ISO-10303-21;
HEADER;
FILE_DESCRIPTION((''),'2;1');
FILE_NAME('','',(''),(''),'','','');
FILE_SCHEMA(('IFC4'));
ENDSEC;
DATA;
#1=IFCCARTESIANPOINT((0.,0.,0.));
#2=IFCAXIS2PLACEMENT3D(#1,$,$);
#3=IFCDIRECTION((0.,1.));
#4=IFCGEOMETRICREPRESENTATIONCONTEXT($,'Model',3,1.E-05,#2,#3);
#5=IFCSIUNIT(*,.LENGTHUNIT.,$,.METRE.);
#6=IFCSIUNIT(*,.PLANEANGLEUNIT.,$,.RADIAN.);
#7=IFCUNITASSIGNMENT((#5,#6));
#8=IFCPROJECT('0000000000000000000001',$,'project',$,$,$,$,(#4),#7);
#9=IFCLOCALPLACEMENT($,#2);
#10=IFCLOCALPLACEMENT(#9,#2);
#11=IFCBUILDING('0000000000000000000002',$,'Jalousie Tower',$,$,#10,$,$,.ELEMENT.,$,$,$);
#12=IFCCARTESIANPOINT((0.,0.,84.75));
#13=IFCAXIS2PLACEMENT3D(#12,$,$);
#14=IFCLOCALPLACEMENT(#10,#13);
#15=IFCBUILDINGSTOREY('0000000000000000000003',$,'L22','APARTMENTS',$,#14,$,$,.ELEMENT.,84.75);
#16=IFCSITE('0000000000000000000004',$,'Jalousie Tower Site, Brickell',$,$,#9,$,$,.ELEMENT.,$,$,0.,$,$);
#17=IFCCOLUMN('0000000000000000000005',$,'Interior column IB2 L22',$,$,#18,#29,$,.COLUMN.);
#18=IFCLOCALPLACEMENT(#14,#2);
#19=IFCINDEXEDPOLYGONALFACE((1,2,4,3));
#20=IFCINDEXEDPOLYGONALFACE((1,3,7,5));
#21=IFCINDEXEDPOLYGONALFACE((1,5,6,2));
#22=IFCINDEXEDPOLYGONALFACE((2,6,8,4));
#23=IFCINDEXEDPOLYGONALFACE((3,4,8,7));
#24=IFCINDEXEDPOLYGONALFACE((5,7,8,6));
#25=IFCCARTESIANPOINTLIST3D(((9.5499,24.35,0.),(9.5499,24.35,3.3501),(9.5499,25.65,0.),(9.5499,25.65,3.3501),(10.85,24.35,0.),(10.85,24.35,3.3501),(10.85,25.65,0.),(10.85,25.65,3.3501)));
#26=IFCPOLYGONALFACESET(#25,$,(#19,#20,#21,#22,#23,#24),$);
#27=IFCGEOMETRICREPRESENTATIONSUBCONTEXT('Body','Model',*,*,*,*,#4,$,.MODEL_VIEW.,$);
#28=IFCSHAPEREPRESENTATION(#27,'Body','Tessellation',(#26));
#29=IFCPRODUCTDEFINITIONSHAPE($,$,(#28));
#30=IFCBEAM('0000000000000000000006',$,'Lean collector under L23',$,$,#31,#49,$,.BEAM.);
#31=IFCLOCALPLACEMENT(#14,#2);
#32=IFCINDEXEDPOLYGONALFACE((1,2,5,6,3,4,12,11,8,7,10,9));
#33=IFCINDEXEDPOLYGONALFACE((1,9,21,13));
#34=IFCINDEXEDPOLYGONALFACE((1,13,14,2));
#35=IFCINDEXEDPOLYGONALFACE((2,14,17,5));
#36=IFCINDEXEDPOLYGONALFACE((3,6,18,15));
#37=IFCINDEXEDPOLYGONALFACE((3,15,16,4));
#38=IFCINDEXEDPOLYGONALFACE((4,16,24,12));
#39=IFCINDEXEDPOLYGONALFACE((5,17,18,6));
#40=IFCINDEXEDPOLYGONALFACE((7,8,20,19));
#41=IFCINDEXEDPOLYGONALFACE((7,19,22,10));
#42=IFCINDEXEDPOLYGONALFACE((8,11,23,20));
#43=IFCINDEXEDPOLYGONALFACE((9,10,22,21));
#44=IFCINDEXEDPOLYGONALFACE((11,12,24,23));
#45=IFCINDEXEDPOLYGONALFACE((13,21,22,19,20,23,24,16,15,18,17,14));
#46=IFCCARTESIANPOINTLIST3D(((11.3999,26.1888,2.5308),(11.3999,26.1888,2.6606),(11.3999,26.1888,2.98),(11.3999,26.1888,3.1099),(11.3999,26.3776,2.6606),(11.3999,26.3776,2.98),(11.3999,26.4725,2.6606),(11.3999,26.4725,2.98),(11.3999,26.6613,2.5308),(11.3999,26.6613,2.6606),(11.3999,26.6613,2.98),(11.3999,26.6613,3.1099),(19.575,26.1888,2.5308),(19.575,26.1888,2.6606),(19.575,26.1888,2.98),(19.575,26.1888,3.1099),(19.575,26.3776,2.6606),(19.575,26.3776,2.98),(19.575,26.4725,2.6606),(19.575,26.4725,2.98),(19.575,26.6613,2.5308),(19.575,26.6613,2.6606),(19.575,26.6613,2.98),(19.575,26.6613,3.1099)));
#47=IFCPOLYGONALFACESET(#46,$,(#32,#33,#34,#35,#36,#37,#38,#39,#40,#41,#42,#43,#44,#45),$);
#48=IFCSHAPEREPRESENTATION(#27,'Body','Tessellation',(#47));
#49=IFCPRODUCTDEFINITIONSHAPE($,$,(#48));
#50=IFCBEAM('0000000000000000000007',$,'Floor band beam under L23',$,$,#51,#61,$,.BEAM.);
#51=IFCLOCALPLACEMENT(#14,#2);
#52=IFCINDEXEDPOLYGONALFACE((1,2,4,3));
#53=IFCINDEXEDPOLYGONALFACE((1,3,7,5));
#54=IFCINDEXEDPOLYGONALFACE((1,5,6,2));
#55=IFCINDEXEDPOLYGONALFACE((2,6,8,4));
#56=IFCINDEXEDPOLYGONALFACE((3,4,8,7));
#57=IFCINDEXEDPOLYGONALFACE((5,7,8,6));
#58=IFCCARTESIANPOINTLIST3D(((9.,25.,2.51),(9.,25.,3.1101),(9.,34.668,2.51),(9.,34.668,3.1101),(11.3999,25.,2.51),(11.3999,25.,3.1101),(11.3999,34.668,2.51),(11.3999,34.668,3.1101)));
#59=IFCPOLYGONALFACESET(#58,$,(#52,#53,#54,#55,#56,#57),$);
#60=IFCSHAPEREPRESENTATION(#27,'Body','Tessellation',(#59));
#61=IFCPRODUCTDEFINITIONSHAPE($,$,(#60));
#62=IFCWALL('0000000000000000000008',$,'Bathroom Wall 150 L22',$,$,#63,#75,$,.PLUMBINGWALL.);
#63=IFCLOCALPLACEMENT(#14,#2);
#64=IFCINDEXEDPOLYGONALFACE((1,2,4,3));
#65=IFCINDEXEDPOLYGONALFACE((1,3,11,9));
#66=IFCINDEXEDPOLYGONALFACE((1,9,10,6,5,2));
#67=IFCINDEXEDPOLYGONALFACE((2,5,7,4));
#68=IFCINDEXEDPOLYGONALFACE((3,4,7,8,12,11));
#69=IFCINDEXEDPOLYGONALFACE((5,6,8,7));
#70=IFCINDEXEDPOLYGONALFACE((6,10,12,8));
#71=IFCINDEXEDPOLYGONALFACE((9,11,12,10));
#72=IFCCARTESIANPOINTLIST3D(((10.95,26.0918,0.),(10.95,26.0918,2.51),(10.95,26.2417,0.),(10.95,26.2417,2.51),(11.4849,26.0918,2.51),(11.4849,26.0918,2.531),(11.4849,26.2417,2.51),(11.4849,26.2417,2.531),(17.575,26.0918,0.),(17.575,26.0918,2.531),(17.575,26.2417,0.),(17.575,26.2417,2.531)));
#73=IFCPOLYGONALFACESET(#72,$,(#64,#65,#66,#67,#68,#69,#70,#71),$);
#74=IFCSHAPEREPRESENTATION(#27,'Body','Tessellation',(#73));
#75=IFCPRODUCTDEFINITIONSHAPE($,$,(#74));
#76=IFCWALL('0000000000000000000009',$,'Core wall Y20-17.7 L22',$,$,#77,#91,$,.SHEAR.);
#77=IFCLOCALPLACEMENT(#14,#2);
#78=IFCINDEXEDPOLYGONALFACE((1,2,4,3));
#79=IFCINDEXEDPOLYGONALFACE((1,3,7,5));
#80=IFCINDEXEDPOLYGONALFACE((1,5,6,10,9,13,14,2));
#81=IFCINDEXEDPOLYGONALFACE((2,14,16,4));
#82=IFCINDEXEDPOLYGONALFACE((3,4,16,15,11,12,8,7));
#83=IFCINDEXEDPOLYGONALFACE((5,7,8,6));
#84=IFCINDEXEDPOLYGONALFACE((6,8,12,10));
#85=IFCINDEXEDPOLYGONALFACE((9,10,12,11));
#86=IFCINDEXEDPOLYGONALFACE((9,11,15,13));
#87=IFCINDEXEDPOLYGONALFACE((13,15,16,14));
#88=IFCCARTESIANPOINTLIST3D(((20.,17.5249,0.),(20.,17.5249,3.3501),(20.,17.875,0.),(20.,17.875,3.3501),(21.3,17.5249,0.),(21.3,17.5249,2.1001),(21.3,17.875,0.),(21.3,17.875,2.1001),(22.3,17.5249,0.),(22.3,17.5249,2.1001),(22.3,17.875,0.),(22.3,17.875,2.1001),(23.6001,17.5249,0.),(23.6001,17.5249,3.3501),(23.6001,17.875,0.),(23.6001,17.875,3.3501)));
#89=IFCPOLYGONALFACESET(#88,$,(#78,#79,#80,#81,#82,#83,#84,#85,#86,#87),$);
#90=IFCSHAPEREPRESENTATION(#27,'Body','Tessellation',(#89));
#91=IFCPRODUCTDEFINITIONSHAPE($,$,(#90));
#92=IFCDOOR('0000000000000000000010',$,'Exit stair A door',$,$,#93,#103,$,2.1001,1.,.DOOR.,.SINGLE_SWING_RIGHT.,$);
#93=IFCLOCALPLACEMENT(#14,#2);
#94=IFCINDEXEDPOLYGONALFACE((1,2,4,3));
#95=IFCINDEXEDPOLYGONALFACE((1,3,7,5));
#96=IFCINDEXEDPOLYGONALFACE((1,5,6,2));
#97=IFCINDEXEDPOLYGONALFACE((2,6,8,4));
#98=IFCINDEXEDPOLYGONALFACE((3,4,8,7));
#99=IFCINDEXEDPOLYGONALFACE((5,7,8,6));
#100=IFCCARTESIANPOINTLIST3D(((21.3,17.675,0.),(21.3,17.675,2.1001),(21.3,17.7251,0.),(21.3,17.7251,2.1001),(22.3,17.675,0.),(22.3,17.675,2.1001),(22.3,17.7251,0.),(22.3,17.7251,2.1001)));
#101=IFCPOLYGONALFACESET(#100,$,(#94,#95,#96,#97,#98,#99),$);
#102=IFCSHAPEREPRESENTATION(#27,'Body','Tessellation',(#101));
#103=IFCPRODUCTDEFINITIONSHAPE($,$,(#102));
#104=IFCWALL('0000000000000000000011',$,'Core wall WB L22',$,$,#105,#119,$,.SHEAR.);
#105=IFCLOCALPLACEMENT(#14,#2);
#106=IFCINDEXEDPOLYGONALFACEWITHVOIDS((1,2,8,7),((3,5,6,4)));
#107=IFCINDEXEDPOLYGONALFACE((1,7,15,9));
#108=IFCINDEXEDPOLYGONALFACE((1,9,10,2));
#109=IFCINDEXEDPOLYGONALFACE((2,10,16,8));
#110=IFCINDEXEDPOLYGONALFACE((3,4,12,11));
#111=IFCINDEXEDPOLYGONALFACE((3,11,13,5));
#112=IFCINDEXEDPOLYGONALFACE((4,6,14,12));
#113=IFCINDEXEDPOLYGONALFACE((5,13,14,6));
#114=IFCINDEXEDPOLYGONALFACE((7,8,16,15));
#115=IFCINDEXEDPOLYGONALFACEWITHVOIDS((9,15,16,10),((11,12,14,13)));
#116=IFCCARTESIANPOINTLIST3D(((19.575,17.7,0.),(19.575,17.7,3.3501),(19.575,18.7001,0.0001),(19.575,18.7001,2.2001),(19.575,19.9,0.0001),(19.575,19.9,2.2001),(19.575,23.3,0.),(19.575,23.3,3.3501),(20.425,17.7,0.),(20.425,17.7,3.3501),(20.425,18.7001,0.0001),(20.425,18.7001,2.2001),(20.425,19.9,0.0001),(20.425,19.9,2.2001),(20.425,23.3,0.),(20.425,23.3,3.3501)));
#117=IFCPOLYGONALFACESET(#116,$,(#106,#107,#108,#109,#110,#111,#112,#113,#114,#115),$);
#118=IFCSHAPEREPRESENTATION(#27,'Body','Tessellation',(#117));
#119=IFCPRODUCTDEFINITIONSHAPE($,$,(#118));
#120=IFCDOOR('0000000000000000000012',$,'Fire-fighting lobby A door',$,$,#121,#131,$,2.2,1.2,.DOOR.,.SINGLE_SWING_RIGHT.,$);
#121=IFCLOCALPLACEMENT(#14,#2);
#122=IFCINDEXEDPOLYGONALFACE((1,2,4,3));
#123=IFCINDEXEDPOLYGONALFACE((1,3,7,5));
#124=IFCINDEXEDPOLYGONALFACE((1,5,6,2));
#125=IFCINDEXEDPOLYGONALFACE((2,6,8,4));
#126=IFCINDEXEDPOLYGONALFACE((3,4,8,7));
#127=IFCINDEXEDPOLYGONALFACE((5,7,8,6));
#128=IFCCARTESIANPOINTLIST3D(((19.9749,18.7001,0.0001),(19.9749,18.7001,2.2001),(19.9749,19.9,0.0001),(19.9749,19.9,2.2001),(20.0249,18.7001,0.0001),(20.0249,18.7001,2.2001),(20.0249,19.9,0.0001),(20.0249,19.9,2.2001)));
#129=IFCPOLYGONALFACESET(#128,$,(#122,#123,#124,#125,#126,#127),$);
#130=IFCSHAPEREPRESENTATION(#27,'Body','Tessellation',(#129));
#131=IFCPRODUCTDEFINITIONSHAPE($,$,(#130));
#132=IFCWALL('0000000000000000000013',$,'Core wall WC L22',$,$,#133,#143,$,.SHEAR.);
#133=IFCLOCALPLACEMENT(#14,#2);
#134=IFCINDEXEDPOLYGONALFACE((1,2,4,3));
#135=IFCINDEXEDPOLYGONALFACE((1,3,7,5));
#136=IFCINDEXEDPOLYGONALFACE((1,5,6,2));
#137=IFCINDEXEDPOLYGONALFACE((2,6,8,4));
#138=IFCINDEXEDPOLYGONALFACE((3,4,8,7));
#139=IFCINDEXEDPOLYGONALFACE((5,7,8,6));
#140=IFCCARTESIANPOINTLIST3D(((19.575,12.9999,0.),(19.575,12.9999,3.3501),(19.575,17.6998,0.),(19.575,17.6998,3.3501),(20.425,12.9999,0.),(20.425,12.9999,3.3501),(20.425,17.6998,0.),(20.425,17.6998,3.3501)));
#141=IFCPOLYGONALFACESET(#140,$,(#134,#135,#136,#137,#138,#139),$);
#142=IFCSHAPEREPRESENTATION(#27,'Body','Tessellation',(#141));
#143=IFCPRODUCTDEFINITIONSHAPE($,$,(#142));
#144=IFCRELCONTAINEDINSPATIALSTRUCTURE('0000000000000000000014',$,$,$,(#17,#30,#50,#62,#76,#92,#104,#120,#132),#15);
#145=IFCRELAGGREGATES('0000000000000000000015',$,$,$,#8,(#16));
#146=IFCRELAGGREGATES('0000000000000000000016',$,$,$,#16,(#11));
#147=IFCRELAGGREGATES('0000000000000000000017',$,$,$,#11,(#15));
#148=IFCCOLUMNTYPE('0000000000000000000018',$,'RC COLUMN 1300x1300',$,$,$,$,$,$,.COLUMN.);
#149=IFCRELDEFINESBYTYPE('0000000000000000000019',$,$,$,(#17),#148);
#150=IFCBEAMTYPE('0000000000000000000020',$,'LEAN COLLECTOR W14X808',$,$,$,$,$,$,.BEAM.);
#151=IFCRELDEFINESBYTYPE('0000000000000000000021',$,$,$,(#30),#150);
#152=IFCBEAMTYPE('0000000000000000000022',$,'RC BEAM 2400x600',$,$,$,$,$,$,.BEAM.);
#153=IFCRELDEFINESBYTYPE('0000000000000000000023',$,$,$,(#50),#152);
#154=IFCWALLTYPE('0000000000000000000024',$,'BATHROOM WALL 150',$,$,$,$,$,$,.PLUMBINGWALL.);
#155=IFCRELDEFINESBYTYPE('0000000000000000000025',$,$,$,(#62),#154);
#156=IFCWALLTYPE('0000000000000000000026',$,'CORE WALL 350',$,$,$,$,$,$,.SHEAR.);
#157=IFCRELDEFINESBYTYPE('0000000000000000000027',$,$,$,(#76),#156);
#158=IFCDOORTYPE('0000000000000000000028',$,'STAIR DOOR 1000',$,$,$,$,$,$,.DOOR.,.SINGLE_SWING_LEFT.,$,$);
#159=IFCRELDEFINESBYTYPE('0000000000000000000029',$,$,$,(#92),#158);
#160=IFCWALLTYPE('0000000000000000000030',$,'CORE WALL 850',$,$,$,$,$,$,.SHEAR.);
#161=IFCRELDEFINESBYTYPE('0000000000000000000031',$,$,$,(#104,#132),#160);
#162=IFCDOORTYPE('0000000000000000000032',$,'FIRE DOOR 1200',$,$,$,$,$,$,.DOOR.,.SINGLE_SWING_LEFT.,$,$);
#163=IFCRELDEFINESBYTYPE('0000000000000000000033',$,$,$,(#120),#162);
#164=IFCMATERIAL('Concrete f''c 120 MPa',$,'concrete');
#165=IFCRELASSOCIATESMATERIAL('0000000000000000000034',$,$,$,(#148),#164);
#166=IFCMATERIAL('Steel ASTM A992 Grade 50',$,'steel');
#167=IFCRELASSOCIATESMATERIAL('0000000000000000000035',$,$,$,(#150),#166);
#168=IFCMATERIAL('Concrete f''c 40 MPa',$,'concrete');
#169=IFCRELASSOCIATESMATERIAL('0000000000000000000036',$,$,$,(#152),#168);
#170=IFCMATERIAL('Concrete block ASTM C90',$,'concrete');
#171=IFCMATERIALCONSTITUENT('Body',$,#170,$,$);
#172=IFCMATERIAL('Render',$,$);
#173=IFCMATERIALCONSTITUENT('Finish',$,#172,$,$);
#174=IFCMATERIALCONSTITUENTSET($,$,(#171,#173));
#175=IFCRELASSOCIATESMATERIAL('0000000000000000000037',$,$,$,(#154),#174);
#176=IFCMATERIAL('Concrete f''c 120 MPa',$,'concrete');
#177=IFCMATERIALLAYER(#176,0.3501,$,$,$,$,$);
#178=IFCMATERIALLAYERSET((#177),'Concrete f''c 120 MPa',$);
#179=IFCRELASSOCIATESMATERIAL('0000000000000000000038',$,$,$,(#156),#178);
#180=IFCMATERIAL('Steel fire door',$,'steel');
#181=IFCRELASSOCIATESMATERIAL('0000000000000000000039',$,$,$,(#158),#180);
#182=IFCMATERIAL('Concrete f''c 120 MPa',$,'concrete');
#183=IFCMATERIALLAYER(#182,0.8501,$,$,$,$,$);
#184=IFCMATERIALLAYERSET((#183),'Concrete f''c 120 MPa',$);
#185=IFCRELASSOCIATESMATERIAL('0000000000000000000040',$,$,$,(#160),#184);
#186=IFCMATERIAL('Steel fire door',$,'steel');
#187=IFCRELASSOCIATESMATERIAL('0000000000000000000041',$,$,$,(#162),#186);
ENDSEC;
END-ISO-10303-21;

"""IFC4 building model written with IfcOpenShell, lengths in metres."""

from ifc_helpers import new_model, si_unit, direction, frame, frame_2d, origin, origin_2d, place, context, subcontext, project, spatial, polyline, rectangle, i_section, outline, extrude, material, layer, layer_set, constituent, constituent_set, material_profile, profile_set, type_object, element, fill, save


model = new_model("IFC4")

# Units and contexts
model_context = context("Model", 3, precision=1e-05, world=origin(), true_north=direction((0.0, 1.0)))
body_context = subcontext(model_context, "Body", "Model", "MODEL_VIEW")
ifc_project = project(units=[si_unit("LENGTHUNIT", "METRE"), si_unit("PLANEANGLEUNIT", "RADIAN")], contexts=[model_context])

# Site, building, storey
site_placement = place(None, origin())
site = spatial("IfcSite", under=ifc_project, at=site_placement, Name="Jalousie Tower Site, Brickell", CompositionType="ELEMENT", RefElevation=0.0)
building_placement = place(site_placement, origin())
building = spatial("IfcBuilding", under=site, at=building_placement, Name="Jalousie Tower", CompositionType="ELEMENT")
storey_placement = place(building_placement, frame((0.0, 0.0, 84.75)))
storey = spatial("IfcBuildingStorey", under=building, at=storey_placement, Name="L22", Description="APARTMENTS", CompositionType="ELEMENT", Elevation=84.75)

# Column
ifc_material_1 = material(Name="Concrete f'c 120 MPa", Category="concrete")
ifc_material_profile_1 = material_profile(ifc_material_1, rectangle(XDim=1.3, YDim=1.3, at=origin_2d()), Name="RC 1300x1300")
ifc_profile_set_1 = profile_set([ifc_material_profile_1], Name="Concrete f'c 120 MPa")
column_type = type_object("IfcColumnType", Name="RC COLUMN 1300x1300", PredefinedType="COLUMN", material=ifc_profile_set_1)
column_placement = place(storey_placement, frame((10.2, 25.0, 0.0), z_axis=(0.0, 0.0, 1.0), x_axis=(1.0, 0.0, 0.0)))
element("IfcColumn", 1, at=column_placement, inside=storey, type_object=column_type, Name="Interior column IB2 L22", PredefinedType="COLUMN", context=body_context, shape_type="SweptSolid", body=[
    extrude(rectangle(XDim=1.3, YDim=1.3, at=origin_2d()), origin(), (0.0, 0.0, 1.0), 3.3501),
])

# Beams
ifc_material_2 = material(Name="Steel ASTM A992 Grade 50", Category="steel")
ifc_material_profile_2 = material_profile(ifc_material_2, i_section(OverallWidth=0.4724, OverallDepth=0.5791, WebThickness=0.095, FlangeThickness=0.1299, at=origin_2d()), Name="W14X808")
ifc_profile_set_2 = profile_set([ifc_material_profile_2], Name="Steel ASTM A992 Grade 50")
beam_type_1 = type_object("IfcBeamType", Name="LEAN COLLECTOR W14X808", PredefinedType="BEAM", material=ifc_profile_set_2)
beam_1_placement = place(storey_placement, frame((11.3999, 26.425, 2.8203), z_axis=(1.0, 0.0, 0.0), x_axis=(0.0, 1.0, 0.0)))
element("IfcBeam", 2, at=beam_1_placement, inside=storey, type_object=beam_type_1, Name="Lean collector under L23", PredefinedType="BEAM", context=body_context, shape_type="SweptSolid", body=[
    extrude(i_section(OverallWidth=0.4724, OverallDepth=0.5791, WebThickness=0.095, FlangeThickness=0.1299, at=origin_2d()), origin(), (0.0, 0.0, 1.0), 8.175),
])
ifc_material_3 = material(Name="Concrete f'c 40 MPa", Category="concrete")
ifc_material_profile_3 = material_profile(ifc_material_3, rectangle(XDim=2.3999, YDim=0.6001, at=origin_2d()), Name="RC 2400x600")
ifc_profile_set_3 = profile_set([ifc_material_profile_3], Name="Concrete f'c 40 MPa")
beam_type_2 = type_object("IfcBeamType", Name="RC BEAM 2400x600", PredefinedType="BEAM", material=ifc_profile_set_3)
beam_2_placement = place(storey_placement, frame((10.2, 25.0, 2.8101), z_axis=(0.0, 1.0, 0.0), x_axis=(-1.0, 0.0, 0.0)))
element("IfcBeam", 3, at=beam_2_placement, inside=storey, type_object=beam_type_2, Name="Floor band beam under L23", PredefinedType="BEAM", context=body_context, shape_type="SweptSolid", body=[
    extrude(rectangle(XDim=2.3999, YDim=0.6001, at=origin_2d()), origin(), (0.0, 0.0, 1.0), 9.668),
])

# Wall
ifc_material_4 = material(Name="Concrete block ASTM C90", Category="concrete")
ifc_constituent_1 = constituent(ifc_material_4, Name="Body")
ifc_material_5 = material(Name="Render")
ifc_constituent_2 = constituent(ifc_material_5, Name="Finish")
ifc_constituent_set_1 = constituent_set(constituents=[ifc_constituent_1, ifc_constituent_2])
wall_type_1 = type_object("IfcWallType", Name="BATHROOM WALL 150", PredefinedType="PLUMBINGWALL", material=ifc_constituent_set_1)
wall_1_placement = place(storey_placement, frame((10.95, 26.1667, 0.0), z_axis=(0.0, 0.0, 1.0), x_axis=(1.0, 0.0, 0.0)))
element("IfcWall", 4, at=wall_1_placement, inside=storey, type_object=wall_type_1, Name="Bathroom Wall 150 L22", PredefinedType="PLUMBINGWALL", context=body_context, shape_type="SweptSolid", body=[
    extrude(outline(polyline([(0.0, 0.0), (6.625, 0.0), (6.625, 3.1101), (6.625, 2.531), (0.5349, 2.531), (0.5349, 2.51), (0.0, 2.51), (0.0, 3.1101), (0.0, 0.0)])), frame((0.0, 0.075, 0.0), z_axis=(0.0, -1.0, 0.0), x_axis=(1.0, 0.0, 0.0)), (0.0, 0.0, 1.0), 0.1499),
])

# Walls, openings, doors
ifc_material_6 = material(Name="Concrete f'c 120 MPa", Category="concrete")
ifc_layer_1 = layer(ifc_material_6, 0.3501)
ifc_layer_set_1 = layer_set([ifc_layer_1], Name="Concrete f'c 120 MPa")
wall_type_2 = type_object("IfcWallType", Name="CORE WALL 350", PredefinedType="SHEAR", material=ifc_layer_set_1)
wall_2_placement = place(storey_placement, frame((20.0, 17.7, 0.0), z_axis=(0.0, 0.0, 1.0), x_axis=(1.0, 0.0, 0.0)))
wall_2 = element("IfcWall", 5, at=wall_2_placement, inside=storey, type_object=wall_type_2, Name="Core wall Y20-17.7 L22", PredefinedType="SHEAR", context=body_context, shape_type="SweptSolid", body=[
    extrude(rectangle(XDim=3.6001, YDim=0.3501, at=frame_2d((1.8, 0.0))), origin(), (0.0, 0.0, 1.0), 3.3501),
])
opening_1_placement = place(wall_2_placement, frame((1.3, 0.0, 0.0)))
opening_1 = element("IfcOpeningElement", 6, at=opening_1_placement, cuts=wall_2, PredefinedType="OPENING", context=body_context, shape_type="SweptSolid", body=[
    extrude(rectangle(XDim=1.0, YDim=2.1001, at=frame_2d((0.5, 1.05))), frame((0.0, 0.1851, 0.0), z_axis=(0.0, -1.0, 0.0), x_axis=(1.0, 0.0, 0.0)), (0.0, 0.0, 1.0), 0.3701),
])
ifc_material_7 = material(Name="Steel fire door", Category="steel")
door_type_1 = type_object("IfcDoorType", Name="STAIR DOOR 1000", OperationType="SINGLE_SWING_LEFT", PredefinedType="DOOR", material=ifc_material_7)
door_1_placement = place(opening_1_placement, frame((1.0, 0.0, 0.0), z_axis=(0.0, 0.0, 1.0), x_axis=(-1.0, 0.0, 0.0)))
door_1 = element("IfcDoor", 7, at=door_1_placement, inside=storey, type_object=door_type_1, Name="Exit stair A door", OperationType="SINGLE_SWING_RIGHT", OverallHeight=2.1001, OverallWidth=1.0, PredefinedType="DOOR", context=body_context, shape_type="SweptSolid", body=[
    extrude(rectangle(XDim=1.0, YDim=2.1001, at=frame_2d((0.5, 1.05))), frame((0.0, 0.0249, 0.0), z_axis=(0.0, -1.0, 0.0), x_axis=(1.0, 0.0, 0.0)), (0.0, 0.0, 1.0), 0.05),
])
fill(opening_1, door_1)
ifc_material_8 = material(Name="Concrete f'c 120 MPa", Category="concrete")
ifc_layer_2 = layer(ifc_material_8, 0.8501)
ifc_layer_set_2 = layer_set([ifc_layer_2], Name="Concrete f'c 120 MPa")
wall_type_3 = type_object("IfcWallType", Name="CORE WALL 850", PredefinedType="SHEAR", material=ifc_layer_set_2)
wall_3_placement = place(storey_placement, frame((20.0, 23.3, 0.0), z_axis=(0.0, 0.0, 1.0), x_axis=(0.0, -1.0, 0.0)))
wall_3 = element("IfcWall", 8, at=wall_3_placement, inside=storey, type_object=wall_type_3, Name="Core wall WB L22", PredefinedType="SHEAR", context=body_context, shape_type="SweptSolid", body=[
    extrude(rectangle(XDim=5.6001, YDim=0.8501, at=frame_2d((2.8, 0.0))), origin(), (0.0, 0.0, 1.0), 3.3501),
])
opening_2_placement = place(wall_3_placement, frame((3.3999, 0.0, 0.0)))
opening_2 = element("IfcOpeningElement", 9, at=opening_2_placement, cuts=wall_3, PredefinedType="OPENING", context=body_context, shape_type="SweptSolid", body=[
    extrude(rectangle(XDim=1.2, YDim=2.2, at=frame_2d((0.6001, 1.1001))), frame((0.0, 0.4351, 0.0), z_axis=(0.0, -1.0, 0.0), x_axis=(1.0, 0.0, 0.0)), (0.0, 0.0, 1.0), 0.8701),
])
ifc_material_9 = material(Name="Steel fire door", Category="steel")
door_type_2 = type_object("IfcDoorType", Name="FIRE DOOR 1200", OperationType="SINGLE_SWING_LEFT", PredefinedType="DOOR", material=ifc_material_9)
door_2_placement = place(opening_2_placement, origin())
door_2 = element("IfcDoor", 10, at=door_2_placement, inside=storey, type_object=door_type_2, Name="Fire-fighting lobby A door", OperationType="SINGLE_SWING_RIGHT", OverallHeight=2.2, OverallWidth=1.2, PredefinedType="DOOR", context=body_context, shape_type="SweptSolid", body=[
    extrude(rectangle(XDim=1.2, YDim=2.2, at=frame_2d((0.6001, 1.1001))), frame((0.0, 0.0249, 0.0), z_axis=(0.0, -1.0, 0.0), x_axis=(1.0, 0.0, 0.0)), (0.0, 0.0, 1.0), 0.05),
])
fill(opening_2, door_2)

# Wall
wall_4_placement = place(storey_placement, frame((20.0, 17.7, 0.0), z_axis=(0.0, 0.0, 1.0), x_axis=(0.0, -1.0, 0.0)))
element("IfcWall", 11, at=wall_4_placement, inside=storey, type_object=wall_type_3, Name="Core wall WC L22", PredefinedType="SHEAR", context=body_context, shape_type="SweptSolid", body=[
    extrude(rectangle(XDim=4.7, YDim=0.8501, at=frame_2d((2.3501, 0.0))), origin(), (0.0, 0.0, 1.0), 3.3501),
])

save(model, "model.ifc")
